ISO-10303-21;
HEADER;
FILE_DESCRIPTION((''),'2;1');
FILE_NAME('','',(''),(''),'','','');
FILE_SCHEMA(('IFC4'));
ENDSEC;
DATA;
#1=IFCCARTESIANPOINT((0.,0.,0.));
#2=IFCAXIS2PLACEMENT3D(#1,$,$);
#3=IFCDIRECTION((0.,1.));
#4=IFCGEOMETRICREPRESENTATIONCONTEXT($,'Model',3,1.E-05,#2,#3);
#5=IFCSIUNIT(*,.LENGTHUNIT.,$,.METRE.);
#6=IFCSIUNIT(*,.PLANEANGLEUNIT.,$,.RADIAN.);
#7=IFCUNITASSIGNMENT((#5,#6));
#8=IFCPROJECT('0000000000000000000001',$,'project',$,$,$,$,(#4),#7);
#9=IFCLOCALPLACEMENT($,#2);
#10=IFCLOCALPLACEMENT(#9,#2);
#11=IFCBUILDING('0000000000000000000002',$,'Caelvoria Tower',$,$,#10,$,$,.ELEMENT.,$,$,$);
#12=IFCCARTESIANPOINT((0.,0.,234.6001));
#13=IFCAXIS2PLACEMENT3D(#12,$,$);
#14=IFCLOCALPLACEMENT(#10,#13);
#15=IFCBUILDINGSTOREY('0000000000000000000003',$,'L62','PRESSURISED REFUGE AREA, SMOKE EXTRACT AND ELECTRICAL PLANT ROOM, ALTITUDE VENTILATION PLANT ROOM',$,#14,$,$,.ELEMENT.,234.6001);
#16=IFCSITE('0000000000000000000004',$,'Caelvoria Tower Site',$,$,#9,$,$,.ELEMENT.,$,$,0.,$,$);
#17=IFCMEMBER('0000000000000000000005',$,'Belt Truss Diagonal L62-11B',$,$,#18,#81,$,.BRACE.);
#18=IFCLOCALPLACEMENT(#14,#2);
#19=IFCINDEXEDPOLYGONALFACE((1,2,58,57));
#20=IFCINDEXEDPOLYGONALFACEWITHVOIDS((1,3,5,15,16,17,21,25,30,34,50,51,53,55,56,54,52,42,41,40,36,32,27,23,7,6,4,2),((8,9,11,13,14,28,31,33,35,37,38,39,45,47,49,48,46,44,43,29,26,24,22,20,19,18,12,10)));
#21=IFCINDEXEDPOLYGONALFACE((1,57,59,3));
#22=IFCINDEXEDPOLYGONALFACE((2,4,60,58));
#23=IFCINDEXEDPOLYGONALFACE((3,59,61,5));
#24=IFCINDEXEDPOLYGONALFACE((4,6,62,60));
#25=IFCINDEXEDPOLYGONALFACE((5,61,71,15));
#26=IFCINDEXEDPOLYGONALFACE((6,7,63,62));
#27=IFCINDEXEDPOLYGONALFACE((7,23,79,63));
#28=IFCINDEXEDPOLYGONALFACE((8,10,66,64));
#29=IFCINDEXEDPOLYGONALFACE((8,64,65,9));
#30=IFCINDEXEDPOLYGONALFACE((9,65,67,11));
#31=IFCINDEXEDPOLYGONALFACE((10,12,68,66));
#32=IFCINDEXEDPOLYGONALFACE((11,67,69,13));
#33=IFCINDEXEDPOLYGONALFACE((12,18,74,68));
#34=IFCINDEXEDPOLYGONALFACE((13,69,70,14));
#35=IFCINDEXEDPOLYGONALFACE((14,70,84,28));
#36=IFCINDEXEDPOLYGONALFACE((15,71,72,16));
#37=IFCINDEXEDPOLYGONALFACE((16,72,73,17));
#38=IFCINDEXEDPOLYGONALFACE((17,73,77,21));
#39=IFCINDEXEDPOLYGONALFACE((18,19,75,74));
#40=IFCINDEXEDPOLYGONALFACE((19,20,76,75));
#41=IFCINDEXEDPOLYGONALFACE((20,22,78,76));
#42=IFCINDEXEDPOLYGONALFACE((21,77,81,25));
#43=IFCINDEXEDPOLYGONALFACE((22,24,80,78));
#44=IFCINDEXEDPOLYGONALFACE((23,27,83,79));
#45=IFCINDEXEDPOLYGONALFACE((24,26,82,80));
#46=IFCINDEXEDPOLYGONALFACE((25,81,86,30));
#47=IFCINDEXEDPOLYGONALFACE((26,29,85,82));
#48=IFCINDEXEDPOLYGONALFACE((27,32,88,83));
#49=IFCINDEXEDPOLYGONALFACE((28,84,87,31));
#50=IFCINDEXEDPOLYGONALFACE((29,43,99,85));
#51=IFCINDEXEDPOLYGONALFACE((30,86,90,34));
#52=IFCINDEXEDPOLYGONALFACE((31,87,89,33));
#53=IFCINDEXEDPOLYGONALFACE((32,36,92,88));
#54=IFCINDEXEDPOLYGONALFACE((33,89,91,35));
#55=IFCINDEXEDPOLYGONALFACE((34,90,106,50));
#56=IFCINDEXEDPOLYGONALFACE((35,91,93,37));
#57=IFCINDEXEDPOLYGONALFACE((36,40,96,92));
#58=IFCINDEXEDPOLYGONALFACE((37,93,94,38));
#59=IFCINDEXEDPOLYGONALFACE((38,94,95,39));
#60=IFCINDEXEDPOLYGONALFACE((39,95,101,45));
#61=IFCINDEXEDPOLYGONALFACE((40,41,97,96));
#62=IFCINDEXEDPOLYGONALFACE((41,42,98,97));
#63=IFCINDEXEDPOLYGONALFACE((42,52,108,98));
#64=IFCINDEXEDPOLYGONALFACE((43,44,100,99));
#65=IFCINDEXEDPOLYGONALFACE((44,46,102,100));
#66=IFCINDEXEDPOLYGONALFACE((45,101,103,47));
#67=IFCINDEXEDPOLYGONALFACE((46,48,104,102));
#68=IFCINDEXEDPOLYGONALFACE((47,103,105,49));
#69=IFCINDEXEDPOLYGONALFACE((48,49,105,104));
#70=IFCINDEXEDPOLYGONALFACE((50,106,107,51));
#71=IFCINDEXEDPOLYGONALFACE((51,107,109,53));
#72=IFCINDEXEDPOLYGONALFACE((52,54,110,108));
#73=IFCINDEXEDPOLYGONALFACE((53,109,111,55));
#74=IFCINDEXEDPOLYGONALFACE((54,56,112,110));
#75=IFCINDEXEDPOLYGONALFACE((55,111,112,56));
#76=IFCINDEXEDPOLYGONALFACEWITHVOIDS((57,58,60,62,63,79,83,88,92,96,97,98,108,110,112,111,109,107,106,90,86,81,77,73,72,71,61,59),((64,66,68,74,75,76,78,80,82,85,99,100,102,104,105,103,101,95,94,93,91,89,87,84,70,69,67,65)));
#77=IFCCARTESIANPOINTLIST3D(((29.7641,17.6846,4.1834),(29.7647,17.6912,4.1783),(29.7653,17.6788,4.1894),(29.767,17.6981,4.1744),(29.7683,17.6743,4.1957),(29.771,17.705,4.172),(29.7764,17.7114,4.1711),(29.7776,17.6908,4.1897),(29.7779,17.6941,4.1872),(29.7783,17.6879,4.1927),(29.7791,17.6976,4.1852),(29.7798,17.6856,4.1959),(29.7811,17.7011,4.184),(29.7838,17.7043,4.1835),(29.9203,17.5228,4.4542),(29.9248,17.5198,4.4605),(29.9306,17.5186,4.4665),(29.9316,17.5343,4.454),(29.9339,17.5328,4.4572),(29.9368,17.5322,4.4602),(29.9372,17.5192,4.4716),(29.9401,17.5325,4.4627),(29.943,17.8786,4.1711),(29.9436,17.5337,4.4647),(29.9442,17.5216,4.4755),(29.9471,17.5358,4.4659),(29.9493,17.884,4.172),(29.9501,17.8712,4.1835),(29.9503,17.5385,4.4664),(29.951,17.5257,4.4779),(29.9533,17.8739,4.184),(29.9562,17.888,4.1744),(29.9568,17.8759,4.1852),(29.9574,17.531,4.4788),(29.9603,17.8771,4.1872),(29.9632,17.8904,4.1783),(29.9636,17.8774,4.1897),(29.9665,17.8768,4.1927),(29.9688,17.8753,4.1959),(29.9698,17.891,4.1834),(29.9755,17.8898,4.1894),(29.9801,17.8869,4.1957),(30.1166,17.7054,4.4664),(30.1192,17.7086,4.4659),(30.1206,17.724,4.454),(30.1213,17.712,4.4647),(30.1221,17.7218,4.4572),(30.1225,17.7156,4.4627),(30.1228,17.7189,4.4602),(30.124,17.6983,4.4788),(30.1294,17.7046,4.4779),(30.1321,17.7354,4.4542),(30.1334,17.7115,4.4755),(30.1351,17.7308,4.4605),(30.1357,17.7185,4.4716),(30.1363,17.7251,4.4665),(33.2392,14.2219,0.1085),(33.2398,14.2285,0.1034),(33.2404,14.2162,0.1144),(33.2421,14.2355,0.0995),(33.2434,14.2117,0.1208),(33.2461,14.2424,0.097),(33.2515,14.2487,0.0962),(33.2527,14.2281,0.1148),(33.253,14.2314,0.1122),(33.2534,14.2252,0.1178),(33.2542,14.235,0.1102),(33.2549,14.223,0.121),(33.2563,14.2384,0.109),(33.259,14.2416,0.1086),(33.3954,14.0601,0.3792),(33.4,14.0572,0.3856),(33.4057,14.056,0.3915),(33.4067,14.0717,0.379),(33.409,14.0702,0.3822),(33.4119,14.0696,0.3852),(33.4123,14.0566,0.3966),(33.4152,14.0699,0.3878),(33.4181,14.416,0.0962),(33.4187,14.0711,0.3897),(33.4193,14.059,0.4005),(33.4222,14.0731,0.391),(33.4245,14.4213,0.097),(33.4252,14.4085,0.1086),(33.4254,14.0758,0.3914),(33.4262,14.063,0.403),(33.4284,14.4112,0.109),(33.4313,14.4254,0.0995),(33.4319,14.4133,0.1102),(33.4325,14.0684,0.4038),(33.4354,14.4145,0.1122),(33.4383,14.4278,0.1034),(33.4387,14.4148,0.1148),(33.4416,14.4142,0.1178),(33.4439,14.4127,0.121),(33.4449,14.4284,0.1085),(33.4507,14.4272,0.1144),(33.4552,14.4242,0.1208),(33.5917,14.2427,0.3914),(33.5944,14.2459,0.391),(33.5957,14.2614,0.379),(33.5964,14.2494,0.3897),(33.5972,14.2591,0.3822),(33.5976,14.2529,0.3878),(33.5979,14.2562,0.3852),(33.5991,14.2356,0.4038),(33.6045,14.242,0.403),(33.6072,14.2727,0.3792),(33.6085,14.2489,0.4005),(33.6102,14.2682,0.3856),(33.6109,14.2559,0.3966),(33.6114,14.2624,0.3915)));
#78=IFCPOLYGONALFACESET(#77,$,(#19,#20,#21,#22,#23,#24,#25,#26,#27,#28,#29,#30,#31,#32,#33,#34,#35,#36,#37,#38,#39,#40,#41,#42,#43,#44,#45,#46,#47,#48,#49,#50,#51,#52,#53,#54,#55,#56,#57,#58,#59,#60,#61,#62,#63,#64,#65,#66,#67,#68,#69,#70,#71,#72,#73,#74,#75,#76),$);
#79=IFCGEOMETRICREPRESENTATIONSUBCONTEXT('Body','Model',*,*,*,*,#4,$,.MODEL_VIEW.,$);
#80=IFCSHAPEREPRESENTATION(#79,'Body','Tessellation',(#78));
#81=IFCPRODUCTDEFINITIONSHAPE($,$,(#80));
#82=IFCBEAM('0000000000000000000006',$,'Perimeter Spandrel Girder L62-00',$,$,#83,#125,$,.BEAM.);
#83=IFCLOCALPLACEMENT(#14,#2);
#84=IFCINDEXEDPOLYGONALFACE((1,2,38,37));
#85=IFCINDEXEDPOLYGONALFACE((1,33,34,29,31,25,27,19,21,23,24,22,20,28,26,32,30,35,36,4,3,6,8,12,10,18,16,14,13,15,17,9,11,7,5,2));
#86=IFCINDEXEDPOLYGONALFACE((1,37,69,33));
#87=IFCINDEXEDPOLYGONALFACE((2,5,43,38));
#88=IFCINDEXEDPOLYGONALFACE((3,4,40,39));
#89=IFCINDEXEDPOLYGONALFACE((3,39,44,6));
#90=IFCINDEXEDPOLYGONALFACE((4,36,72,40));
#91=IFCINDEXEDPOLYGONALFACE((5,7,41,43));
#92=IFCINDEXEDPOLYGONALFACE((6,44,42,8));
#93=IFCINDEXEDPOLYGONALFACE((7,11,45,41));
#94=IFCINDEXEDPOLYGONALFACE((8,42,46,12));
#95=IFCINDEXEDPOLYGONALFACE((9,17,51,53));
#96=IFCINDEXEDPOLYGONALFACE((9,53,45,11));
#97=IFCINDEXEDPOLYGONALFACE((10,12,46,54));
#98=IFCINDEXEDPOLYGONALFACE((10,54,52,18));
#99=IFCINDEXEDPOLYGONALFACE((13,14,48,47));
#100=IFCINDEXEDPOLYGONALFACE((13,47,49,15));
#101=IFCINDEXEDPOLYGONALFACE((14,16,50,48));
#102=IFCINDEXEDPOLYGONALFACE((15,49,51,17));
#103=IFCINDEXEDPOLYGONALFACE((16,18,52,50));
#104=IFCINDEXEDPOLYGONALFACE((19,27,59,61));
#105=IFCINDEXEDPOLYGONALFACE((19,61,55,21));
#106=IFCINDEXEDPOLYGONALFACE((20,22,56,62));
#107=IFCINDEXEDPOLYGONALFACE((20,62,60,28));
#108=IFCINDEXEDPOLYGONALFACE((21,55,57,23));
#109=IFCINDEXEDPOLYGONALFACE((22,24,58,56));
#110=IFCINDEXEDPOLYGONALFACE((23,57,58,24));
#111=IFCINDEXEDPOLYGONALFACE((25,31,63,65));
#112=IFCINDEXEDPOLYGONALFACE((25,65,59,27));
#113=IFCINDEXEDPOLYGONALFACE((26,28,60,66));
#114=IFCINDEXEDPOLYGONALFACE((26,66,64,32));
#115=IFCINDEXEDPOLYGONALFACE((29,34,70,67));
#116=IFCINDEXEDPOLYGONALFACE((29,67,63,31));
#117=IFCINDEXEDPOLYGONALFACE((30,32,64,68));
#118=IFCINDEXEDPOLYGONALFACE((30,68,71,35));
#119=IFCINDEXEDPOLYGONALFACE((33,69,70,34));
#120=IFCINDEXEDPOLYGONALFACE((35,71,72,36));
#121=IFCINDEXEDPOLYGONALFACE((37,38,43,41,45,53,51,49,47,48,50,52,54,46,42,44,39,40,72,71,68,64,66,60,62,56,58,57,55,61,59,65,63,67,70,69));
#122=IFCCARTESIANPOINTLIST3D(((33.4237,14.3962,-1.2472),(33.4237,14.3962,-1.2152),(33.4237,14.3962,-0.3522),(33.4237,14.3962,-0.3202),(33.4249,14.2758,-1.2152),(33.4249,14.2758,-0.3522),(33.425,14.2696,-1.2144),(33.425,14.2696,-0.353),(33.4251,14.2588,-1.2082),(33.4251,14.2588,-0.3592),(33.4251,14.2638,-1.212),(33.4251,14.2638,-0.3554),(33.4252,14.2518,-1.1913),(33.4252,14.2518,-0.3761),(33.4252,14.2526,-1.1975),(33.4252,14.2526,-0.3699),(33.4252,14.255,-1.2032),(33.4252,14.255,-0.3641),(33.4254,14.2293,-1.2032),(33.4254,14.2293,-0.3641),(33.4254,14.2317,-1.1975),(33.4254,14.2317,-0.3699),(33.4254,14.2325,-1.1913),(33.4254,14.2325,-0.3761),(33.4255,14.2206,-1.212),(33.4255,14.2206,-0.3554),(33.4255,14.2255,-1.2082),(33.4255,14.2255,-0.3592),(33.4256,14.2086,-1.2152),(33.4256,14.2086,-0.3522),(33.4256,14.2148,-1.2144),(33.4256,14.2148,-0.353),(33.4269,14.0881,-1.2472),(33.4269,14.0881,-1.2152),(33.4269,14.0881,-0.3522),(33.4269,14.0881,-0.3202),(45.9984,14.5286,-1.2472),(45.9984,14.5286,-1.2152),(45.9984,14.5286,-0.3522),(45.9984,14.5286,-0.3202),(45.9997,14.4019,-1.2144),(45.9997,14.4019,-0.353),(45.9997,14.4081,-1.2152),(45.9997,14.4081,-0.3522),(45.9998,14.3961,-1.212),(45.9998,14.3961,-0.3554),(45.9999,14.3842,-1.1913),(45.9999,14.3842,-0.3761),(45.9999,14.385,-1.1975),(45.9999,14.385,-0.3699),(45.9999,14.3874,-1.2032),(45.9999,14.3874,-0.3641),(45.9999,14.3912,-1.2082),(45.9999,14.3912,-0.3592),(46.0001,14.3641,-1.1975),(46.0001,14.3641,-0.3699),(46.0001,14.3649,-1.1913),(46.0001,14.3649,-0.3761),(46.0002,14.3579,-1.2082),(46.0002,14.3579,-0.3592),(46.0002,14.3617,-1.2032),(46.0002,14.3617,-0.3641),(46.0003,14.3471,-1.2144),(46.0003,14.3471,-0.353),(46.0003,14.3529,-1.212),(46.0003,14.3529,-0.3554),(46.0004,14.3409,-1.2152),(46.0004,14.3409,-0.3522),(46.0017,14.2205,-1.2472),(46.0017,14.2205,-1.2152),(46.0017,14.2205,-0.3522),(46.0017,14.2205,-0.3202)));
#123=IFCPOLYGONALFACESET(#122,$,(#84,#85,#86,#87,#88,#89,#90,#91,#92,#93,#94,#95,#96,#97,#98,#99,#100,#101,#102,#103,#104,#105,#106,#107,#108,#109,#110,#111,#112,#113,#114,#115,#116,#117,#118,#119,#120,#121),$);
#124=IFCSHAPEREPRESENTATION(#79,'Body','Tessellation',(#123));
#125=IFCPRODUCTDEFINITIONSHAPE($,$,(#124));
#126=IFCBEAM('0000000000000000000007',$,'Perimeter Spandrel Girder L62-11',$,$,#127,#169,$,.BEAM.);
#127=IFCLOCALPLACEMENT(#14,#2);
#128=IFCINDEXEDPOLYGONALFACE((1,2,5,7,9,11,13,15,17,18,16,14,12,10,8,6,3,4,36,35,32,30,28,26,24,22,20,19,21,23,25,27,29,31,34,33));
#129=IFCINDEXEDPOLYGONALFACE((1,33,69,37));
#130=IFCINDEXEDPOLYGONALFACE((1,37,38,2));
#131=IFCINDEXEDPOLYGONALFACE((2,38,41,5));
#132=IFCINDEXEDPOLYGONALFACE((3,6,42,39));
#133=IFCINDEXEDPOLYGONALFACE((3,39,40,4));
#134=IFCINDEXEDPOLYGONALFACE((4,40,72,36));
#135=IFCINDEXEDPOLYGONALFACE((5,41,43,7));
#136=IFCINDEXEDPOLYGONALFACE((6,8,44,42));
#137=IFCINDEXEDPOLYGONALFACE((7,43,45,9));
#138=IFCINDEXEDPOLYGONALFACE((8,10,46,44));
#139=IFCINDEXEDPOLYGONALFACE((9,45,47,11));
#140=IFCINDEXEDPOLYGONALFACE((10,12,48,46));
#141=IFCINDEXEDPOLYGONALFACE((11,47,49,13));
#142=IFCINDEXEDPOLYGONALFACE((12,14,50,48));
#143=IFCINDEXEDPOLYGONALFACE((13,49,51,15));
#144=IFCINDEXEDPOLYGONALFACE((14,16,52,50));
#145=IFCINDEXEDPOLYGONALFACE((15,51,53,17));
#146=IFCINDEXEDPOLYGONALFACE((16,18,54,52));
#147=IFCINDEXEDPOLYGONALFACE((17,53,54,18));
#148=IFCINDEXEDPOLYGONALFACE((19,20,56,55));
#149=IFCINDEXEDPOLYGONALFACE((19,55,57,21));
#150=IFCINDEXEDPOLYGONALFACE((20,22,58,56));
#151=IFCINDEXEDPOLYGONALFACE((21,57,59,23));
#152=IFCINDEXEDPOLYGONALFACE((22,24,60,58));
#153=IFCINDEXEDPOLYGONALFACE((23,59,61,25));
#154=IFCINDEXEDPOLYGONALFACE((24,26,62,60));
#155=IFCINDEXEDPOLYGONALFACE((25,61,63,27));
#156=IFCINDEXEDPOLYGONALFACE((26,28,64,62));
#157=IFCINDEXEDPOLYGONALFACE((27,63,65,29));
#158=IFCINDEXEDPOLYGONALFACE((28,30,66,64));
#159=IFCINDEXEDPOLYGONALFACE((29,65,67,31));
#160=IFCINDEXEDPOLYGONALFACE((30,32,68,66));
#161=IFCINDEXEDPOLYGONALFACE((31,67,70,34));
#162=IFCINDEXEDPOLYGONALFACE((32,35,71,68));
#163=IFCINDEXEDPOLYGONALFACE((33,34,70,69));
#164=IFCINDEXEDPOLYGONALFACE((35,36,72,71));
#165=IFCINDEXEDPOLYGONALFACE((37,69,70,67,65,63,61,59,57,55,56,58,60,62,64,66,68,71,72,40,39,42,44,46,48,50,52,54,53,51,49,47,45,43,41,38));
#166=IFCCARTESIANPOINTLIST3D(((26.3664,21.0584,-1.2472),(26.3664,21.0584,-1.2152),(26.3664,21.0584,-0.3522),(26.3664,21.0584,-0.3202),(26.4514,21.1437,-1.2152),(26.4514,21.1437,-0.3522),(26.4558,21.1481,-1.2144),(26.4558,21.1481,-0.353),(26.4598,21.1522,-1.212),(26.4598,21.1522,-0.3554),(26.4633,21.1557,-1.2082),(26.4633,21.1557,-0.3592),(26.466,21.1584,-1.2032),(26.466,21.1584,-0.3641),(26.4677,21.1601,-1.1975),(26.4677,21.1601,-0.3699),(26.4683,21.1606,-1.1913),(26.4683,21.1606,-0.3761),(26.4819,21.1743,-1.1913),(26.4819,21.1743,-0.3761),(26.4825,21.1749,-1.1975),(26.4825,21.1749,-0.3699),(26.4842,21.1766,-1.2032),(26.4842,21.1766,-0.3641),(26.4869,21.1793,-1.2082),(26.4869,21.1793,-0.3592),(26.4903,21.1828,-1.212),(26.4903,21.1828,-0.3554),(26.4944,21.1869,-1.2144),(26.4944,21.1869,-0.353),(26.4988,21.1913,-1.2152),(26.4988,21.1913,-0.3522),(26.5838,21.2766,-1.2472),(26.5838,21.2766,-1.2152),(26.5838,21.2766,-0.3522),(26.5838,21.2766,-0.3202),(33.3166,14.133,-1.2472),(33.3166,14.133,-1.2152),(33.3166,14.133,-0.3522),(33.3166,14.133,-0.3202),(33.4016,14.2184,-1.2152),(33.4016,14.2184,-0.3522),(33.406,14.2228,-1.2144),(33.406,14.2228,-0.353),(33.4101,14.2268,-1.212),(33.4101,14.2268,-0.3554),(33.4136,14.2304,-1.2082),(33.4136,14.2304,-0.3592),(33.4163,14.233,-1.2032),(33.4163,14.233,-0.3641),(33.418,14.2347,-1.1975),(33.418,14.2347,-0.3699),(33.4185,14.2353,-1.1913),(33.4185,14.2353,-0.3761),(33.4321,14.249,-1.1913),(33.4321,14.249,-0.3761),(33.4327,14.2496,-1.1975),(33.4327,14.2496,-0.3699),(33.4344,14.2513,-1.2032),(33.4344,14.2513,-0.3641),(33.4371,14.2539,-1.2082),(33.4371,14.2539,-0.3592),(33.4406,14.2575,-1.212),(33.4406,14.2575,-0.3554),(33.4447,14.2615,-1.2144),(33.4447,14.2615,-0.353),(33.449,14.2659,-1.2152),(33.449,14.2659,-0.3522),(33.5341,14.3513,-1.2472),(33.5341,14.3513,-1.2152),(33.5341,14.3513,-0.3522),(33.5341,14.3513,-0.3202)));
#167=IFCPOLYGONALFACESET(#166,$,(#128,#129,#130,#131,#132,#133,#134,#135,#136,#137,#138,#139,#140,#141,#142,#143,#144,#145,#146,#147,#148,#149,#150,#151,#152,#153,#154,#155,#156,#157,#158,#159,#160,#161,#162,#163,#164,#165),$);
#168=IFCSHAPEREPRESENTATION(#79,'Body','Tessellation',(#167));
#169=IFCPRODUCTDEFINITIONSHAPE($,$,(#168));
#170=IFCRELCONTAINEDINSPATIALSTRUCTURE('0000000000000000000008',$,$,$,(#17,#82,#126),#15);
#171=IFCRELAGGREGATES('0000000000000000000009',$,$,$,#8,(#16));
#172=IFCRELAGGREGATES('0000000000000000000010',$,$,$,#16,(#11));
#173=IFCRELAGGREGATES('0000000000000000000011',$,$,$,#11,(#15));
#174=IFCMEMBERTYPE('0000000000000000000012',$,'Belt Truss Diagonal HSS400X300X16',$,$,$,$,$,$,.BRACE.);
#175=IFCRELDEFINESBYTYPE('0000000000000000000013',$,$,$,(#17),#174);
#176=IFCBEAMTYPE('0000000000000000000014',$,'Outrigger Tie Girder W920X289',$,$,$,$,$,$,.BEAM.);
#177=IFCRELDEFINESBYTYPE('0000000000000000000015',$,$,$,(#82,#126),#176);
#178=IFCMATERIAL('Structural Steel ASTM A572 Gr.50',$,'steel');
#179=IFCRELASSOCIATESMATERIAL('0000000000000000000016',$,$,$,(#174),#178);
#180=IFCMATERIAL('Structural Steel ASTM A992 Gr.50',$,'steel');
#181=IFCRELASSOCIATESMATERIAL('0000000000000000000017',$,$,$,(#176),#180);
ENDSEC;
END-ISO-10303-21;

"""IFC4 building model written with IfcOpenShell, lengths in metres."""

from ifc_helpers import new_model, si_unit, direction, frame, origin, origin_2d, place, context, subcontext, project, spatial, hollow_rectangle, i_section, extrude, material, material_profile, profile_set, type_object, element, save


model = new_model("IFC4")

# Units and contexts
model_context = context("Model", 3, precision=1e-05, world=origin(), true_north=direction((0.0, 1.0)))
body_context = subcontext(model_context, "Body", "Model", "MODEL_VIEW")
ifc_project = project(units=[si_unit("LENGTHUNIT", "METRE"), si_unit("PLANEANGLEUNIT", "RADIAN")], contexts=[model_context])

# Site, building, storey
site_placement = place(None, origin())
site = spatial("IfcSite", under=ifc_project, at=site_placement, Name="Caelvoria Tower Site", CompositionType="ELEMENT", RefElevation=0.0)
building_placement = place(site_placement, origin())
building = spatial("IfcBuilding", under=site, at=building_placement, Name="Caelvoria Tower", CompositionType="ELEMENT")
storey_placement = place(building_placement, frame((0.0, 0.0, 234.6001)))
storey = spatial("IfcBuildingStorey", under=building, at=storey_placement, Name="L62", Description="PRESSURISED REFUGE AREA, SMOKE EXTRACT AND ELECTRICAL PLANT ROOM, ALTITUDE VENTILATION PLANT ROOM", CompositionType="ELEMENT", Elevation=234.6001)

# Shared definitions
ifc_material_1 = material(Name="Structural Steel ASTM A572 Gr.50", Category="steel")
ifc_material_2 = material(Name="Structural Steel ASTM A992 Gr.50", Category="steel")

# Member
ifc_material_profile_1 = material_profile(ifc_material_1, hollow_rectangle(XDim=0.3, YDim=0.3999, WallThickness=0.0161, InnerFilletRadius=0.0161, OuterFilletRadius=0.032, at=origin_2d()), Name="Structural Steel ASTM A572 Gr.50")
ifc_profile_set_1 = profile_set([ifc_material_profile_1], Name="HSS400X300X16 - Structural Steel ASTM A572 Gr.50")
member_type_1 = type_object("IfcMemberType", Name="Belt Truss Diagonal HSS400X300X16", PredefinedType="BRACE", material=ifc_profile_set_1)
for number, where, z_axis, x_axis, name in (
    (1, (29.9502, 17.7048, 4.325), (0.544907, -0.542954, -0.638966), (0.705837, 0.708375, 0.0), "Belt Truss Diagonal L62-11B"),
):
    element("IfcMember", number, at=place(storey_placement, frame(where, z_axis=z_axis, x_axis=x_axis)), inside=storey, type_object=member_type_1, Name=name, PredefinedType="BRACE", context=body_context, shape_type="SweptSolid", body=[
        extrude(hollow_rectangle(XDim=0.3, YDim=0.3999, WallThickness=0.0161, InnerFilletRadius=0.0161, OuterFilletRadius=0.032, at=origin_2d()), origin(), (0.0, 0.0, 1.0), 6.3774),
    ])

# Beams
ifc_material_profile_2 = material_profile(ifc_material_2, i_section(OverallWidth=0.3081, OverallDepth=0.927, WebThickness=0.0193, FlangeThickness=0.032, FilletRadius=0.0239, at=origin_2d()), Name="Structural Steel ASTM A992 Gr.50")
ifc_profile_set_2 = profile_set([ifc_material_profile_2], Name="W920X289 - Structural Steel ASTM A992 Gr.50")
beam_type_1 = type_object("IfcBeamType", Name="Outrigger Tie Girder W920X289", PredefinedType="BEAM", material=ifc_profile_set_2)
beam_1_placement = place(storey_placement, frame((33.4253, 14.2422, -0.7837), z_axis=(0.999945, 0.010522, 0.0), x_axis=(-0.010522, 0.999945, 0.0)))
element("IfcBeam", 2, at=beam_1_placement, inside=storey, type_object=beam_type_1, Name="Perimeter Spandrel Girder L62-00", PredefinedType="BEAM", context=body_context, shape_type="SweptSolid", body=[
    extrude(i_section(OverallWidth=0.3081, OverallDepth=0.927, WebThickness=0.0193, FlangeThickness=0.032, FilletRadius=0.0239, at=origin_2d()), origin(), (0.0, 0.0, 1.0), 12.5754),
])
beam_2_placement = place(storey_placement, frame((26.4751, 21.1675, -0.7837), z_axis=(0.708375, -0.705837, 0.0), x_axis=(0.705837, 0.708375, 0.0)))
element("IfcBeam", 3, at=beam_2_placement, inside=storey, type_object=beam_type_1, Name="Perimeter Spandrel Girder L62-11", PredefinedType="BEAM", context=body_context, shape_type="SweptSolid", body=[
    extrude(i_section(OverallWidth=0.3081, OverallDepth=0.927, WebThickness=0.0193, FlangeThickness=0.032, FilletRadius=0.0239, at=origin_2d()), origin(), (0.0, 0.0, 1.0), 9.8115),
])

save(model, "model.ifc")
